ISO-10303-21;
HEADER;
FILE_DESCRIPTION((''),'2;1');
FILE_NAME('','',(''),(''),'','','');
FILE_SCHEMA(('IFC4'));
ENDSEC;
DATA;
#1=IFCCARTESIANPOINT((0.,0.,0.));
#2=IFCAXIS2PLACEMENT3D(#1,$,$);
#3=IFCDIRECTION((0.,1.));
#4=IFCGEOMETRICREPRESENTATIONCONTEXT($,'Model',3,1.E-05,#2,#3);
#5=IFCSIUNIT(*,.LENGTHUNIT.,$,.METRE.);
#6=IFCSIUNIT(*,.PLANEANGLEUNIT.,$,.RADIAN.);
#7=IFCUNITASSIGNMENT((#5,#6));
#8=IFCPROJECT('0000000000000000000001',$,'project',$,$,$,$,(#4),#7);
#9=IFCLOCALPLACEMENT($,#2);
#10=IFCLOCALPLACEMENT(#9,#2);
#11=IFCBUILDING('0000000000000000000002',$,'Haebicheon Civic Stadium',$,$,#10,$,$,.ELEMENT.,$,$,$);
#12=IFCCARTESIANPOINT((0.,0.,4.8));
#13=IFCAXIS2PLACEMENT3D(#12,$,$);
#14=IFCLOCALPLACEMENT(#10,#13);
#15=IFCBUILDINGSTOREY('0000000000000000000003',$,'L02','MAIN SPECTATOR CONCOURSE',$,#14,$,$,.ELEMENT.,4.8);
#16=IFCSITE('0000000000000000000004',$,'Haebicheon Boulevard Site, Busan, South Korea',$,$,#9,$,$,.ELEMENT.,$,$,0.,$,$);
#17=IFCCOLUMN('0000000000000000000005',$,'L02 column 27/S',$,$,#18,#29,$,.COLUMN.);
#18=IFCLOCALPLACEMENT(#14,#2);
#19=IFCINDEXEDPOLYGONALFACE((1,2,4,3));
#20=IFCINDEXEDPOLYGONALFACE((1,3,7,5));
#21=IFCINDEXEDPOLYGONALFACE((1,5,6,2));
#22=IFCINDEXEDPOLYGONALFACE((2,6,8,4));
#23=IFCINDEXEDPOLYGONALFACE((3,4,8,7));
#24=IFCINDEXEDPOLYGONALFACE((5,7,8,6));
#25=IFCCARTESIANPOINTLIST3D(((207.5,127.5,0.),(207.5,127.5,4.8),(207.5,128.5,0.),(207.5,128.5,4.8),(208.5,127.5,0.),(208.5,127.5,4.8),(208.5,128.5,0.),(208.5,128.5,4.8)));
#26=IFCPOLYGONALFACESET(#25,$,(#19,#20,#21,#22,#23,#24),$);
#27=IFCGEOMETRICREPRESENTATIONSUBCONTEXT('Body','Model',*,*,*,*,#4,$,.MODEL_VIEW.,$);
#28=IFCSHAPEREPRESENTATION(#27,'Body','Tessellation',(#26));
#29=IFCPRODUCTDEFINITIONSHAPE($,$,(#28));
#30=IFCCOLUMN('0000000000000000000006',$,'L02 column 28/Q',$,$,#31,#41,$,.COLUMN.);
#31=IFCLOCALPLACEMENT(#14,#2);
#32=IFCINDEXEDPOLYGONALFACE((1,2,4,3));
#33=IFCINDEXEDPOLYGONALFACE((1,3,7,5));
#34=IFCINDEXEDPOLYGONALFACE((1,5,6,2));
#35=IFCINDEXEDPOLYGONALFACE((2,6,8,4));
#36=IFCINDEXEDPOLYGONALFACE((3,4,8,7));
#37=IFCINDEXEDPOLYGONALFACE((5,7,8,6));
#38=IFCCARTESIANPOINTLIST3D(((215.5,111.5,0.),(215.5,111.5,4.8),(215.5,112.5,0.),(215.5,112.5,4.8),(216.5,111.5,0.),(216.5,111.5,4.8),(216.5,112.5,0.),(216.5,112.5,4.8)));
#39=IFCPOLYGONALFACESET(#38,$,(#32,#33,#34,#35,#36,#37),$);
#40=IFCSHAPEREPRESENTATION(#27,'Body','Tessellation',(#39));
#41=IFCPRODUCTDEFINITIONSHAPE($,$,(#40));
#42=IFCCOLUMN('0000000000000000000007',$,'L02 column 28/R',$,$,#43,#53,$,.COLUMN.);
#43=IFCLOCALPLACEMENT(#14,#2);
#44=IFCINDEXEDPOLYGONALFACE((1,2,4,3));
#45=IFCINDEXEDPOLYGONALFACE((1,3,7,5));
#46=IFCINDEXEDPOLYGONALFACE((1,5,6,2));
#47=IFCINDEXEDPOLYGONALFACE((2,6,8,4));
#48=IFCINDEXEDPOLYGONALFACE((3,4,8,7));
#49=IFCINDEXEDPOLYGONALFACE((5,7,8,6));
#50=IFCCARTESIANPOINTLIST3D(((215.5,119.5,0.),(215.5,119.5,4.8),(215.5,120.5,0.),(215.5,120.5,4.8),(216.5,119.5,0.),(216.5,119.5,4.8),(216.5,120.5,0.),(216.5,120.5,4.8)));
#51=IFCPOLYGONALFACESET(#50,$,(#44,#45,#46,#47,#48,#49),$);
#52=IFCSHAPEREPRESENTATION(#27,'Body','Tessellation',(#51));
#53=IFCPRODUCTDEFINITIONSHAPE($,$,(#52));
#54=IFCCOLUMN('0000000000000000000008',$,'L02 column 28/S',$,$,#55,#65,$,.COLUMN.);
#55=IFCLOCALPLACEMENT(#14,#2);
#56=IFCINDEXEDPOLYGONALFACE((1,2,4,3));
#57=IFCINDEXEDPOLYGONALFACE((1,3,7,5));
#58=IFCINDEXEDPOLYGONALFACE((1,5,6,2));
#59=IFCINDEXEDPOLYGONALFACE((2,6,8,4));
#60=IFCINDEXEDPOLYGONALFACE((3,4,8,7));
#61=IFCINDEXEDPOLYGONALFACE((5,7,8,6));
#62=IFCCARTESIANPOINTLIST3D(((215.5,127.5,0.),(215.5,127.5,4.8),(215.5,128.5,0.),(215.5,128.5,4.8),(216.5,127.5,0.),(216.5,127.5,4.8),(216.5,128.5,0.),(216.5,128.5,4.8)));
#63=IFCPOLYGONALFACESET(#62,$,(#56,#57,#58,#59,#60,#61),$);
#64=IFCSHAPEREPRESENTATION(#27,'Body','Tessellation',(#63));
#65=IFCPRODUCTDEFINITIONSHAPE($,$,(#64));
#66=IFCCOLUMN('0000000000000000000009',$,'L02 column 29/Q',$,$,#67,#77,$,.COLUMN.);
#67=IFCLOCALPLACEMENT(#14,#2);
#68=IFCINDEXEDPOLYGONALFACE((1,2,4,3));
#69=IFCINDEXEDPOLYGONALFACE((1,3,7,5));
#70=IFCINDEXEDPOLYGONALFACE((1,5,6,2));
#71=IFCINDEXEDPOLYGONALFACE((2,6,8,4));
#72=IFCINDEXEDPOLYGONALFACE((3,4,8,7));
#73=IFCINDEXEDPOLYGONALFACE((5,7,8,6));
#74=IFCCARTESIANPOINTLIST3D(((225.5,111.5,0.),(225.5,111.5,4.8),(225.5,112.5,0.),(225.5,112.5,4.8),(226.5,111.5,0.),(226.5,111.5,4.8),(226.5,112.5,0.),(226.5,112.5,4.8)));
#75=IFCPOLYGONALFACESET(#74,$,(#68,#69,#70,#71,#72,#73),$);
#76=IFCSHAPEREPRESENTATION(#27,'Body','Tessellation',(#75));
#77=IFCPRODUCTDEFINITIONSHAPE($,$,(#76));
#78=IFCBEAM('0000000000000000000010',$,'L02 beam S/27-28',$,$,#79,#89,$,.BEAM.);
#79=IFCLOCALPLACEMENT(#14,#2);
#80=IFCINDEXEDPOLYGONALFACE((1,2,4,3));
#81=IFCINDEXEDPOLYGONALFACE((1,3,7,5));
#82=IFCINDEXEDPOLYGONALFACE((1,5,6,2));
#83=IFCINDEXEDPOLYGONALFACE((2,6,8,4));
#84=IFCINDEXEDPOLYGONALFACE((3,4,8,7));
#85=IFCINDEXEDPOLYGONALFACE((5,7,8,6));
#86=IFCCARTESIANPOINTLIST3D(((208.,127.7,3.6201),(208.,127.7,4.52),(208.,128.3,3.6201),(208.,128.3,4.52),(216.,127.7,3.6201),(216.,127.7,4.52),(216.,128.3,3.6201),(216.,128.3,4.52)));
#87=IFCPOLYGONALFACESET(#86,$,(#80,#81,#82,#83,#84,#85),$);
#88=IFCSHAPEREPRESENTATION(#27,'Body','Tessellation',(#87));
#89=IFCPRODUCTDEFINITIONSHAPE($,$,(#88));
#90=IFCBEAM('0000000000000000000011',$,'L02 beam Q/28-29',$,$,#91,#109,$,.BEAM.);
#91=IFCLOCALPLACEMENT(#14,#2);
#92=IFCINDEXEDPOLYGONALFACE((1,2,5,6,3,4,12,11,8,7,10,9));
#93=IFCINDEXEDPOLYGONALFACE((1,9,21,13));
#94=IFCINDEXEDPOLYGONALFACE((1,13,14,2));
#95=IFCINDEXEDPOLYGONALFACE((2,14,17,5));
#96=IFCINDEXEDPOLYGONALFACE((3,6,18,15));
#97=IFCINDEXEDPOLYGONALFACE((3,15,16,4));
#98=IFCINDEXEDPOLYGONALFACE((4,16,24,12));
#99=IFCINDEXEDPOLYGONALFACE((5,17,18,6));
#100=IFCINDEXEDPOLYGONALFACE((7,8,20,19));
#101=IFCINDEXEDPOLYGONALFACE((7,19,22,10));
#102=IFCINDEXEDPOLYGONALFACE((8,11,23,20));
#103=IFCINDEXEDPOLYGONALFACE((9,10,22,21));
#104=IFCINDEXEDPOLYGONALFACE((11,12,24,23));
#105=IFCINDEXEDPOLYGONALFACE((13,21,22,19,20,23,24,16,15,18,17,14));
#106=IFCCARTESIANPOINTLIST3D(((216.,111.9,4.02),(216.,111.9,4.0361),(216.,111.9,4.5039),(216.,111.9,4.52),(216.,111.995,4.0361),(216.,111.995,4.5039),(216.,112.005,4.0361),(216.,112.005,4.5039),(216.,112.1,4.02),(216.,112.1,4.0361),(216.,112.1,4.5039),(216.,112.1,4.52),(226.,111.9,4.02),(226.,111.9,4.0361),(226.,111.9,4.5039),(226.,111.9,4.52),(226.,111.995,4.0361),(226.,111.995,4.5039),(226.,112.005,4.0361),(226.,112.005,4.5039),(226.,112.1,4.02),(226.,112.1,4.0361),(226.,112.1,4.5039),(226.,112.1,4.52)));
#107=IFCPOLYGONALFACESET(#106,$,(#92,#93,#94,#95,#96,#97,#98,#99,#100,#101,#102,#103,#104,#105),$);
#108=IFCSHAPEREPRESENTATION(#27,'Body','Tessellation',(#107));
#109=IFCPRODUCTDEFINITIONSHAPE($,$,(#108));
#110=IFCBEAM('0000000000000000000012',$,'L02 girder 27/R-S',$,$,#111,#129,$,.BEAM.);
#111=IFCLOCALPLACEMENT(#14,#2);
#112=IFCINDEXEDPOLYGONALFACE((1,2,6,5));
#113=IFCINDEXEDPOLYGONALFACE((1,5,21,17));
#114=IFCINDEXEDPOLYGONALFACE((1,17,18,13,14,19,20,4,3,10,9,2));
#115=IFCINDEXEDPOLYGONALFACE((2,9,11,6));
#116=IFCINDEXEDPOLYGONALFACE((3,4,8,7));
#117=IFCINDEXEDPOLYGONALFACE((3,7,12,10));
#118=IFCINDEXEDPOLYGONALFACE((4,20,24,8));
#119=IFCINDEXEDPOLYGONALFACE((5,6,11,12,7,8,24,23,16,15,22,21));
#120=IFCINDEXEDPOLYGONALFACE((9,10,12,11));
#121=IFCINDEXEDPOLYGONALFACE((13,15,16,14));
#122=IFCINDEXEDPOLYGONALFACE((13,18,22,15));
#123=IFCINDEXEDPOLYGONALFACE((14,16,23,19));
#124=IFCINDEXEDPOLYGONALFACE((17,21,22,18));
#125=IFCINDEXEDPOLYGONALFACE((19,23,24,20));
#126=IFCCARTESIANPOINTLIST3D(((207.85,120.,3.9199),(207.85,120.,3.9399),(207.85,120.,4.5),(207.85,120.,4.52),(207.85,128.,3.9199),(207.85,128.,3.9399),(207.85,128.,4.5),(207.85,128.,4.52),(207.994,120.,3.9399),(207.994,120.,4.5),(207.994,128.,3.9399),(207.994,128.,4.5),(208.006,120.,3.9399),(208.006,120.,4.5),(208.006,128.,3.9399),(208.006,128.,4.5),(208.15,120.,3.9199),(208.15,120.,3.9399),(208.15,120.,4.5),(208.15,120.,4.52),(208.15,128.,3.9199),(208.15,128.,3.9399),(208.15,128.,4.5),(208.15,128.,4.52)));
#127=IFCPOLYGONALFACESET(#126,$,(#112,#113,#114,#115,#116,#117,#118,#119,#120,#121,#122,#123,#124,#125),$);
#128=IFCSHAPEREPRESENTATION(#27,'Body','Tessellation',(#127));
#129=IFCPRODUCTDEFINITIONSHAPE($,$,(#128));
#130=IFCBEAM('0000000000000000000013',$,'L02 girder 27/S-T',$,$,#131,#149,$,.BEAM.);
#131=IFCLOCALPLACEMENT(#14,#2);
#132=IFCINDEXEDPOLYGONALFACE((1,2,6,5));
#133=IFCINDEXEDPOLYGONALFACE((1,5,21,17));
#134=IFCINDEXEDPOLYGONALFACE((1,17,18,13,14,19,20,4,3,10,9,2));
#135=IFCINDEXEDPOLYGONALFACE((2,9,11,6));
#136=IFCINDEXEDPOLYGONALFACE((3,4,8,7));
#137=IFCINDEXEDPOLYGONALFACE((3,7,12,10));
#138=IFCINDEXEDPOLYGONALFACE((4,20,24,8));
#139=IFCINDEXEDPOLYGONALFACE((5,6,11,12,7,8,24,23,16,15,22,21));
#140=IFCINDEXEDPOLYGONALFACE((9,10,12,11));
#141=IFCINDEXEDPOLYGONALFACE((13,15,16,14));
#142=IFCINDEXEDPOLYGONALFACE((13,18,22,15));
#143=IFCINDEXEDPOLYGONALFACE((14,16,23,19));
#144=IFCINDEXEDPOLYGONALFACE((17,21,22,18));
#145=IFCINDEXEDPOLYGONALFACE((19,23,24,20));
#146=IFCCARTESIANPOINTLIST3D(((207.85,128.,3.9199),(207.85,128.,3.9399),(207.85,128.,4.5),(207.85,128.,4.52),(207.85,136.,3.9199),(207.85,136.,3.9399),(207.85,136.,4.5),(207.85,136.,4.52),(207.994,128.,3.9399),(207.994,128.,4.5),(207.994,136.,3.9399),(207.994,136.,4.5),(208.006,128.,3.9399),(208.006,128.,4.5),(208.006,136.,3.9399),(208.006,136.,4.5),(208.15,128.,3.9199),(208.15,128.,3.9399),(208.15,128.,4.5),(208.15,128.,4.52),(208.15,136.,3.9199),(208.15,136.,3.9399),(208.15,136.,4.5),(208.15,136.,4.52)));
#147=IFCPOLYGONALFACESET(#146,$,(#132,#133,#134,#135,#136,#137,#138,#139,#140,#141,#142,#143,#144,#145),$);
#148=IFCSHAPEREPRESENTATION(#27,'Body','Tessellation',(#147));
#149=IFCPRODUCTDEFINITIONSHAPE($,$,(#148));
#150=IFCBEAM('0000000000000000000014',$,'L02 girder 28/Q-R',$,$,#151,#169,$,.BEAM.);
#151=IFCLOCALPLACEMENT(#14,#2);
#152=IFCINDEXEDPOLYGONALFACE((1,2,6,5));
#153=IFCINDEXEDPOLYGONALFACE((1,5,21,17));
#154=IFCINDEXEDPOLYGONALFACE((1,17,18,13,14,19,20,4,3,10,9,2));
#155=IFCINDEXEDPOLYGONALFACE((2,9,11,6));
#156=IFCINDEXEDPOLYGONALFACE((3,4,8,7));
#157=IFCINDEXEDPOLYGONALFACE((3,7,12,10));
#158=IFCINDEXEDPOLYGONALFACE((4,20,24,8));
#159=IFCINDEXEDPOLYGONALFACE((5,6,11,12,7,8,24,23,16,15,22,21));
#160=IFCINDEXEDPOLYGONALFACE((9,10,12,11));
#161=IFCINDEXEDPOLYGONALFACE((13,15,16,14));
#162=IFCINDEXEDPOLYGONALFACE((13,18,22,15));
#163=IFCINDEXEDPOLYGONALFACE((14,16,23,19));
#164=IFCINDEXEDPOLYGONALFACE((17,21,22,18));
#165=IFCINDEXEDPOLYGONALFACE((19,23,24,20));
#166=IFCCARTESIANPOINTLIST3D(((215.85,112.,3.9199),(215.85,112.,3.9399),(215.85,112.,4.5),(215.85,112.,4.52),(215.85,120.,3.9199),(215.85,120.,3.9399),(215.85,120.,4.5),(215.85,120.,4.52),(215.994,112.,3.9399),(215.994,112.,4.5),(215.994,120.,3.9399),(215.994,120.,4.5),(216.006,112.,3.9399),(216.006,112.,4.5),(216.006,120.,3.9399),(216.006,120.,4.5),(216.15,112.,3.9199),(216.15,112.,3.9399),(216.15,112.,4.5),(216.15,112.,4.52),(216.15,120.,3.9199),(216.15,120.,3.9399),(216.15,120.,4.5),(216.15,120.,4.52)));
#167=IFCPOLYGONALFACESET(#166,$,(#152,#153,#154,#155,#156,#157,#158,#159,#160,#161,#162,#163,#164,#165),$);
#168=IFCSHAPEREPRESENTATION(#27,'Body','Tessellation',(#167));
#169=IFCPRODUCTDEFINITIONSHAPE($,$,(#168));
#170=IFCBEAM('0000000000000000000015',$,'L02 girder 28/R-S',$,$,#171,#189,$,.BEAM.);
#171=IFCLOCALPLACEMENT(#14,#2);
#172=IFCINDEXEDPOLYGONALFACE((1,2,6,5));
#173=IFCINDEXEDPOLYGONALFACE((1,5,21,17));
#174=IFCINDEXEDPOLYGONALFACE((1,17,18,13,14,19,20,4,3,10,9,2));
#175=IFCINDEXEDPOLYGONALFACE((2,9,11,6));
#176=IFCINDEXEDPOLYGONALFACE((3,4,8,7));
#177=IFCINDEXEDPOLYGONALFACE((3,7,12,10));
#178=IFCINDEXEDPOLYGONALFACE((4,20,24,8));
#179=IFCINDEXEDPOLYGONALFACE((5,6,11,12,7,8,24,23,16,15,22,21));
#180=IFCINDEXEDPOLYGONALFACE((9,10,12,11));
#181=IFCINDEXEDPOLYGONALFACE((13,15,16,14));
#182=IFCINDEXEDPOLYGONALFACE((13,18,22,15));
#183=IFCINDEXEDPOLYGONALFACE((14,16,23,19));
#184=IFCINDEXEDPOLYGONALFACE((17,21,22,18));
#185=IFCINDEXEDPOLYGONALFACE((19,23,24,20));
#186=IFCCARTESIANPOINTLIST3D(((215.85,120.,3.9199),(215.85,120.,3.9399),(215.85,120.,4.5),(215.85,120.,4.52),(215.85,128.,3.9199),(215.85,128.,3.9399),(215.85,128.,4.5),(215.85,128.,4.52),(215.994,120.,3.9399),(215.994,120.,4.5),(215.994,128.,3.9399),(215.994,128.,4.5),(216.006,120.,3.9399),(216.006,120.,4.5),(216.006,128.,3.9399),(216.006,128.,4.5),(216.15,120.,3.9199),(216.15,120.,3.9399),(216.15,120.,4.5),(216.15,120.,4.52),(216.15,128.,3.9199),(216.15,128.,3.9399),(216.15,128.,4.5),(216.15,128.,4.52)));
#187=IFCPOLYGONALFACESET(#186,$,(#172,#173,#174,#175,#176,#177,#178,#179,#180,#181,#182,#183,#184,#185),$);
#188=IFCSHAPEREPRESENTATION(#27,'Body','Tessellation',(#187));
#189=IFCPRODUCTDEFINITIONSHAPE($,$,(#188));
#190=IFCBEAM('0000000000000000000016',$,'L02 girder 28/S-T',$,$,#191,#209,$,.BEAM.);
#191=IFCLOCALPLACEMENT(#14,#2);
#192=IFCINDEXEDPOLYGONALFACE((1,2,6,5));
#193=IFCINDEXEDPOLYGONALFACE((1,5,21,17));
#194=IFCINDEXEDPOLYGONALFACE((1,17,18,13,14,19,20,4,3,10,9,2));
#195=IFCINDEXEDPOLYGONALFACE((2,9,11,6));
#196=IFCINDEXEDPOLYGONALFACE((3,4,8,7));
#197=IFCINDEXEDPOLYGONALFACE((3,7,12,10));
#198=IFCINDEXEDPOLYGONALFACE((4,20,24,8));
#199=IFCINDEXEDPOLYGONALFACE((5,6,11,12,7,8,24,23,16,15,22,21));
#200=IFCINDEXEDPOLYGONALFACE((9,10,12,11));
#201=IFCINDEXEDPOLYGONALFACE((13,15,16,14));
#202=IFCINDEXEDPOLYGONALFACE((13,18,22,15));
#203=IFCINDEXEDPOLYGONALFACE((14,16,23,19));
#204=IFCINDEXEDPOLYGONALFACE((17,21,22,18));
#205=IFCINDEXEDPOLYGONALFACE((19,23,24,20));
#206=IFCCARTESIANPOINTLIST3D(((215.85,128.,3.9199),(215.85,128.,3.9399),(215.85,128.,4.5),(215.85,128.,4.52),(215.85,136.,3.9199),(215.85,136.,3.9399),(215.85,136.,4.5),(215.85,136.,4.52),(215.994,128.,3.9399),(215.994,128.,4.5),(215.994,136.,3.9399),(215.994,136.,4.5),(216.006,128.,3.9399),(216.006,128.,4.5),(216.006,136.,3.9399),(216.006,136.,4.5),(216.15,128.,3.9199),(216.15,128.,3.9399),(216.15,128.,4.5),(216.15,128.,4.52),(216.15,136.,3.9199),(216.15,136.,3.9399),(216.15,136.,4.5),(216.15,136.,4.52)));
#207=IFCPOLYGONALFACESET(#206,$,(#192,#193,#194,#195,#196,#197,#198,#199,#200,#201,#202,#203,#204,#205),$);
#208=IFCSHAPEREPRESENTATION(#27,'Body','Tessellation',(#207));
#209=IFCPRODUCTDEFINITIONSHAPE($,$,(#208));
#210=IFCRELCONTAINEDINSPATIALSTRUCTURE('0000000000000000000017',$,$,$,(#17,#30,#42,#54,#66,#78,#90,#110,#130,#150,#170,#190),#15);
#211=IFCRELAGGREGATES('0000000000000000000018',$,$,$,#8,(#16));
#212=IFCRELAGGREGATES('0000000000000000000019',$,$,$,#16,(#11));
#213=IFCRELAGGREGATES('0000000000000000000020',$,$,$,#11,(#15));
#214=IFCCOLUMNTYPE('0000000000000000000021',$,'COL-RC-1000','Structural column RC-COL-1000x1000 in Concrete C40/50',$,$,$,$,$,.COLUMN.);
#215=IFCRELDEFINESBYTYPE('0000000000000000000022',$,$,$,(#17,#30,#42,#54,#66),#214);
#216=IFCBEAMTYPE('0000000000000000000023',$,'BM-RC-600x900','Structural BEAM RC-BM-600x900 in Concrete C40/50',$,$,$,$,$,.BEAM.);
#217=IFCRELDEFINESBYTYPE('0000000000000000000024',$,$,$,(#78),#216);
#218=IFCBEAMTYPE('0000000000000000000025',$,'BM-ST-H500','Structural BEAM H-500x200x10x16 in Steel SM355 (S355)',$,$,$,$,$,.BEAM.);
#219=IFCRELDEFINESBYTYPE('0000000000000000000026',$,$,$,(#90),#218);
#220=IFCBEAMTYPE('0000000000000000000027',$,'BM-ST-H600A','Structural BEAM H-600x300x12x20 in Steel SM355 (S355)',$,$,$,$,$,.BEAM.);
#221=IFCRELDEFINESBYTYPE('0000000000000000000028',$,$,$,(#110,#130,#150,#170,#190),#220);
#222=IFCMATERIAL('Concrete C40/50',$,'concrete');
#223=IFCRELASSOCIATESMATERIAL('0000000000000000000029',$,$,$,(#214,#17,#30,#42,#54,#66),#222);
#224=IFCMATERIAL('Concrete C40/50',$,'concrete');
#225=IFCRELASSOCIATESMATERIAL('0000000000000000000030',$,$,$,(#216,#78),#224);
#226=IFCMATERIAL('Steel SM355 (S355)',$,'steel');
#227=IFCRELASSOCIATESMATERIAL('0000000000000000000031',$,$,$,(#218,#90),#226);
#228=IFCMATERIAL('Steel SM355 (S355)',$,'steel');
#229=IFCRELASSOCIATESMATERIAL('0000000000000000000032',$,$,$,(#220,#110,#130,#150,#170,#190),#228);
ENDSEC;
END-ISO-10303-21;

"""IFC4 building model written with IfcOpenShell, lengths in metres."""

from ifc_helpers import new_model, si_unit, direction, frame, origin, origin_2d, place, context, subcontext, project, spatial, rectangle, i_section, extrude, material, material_profile, profile_set, type_object, element, save


model = new_model("IFC4")

# Units and contexts
model_context = context("Model", 3, precision=1e-05, world=origin(), true_north=direction((0.0, 1.0)))
body_context = subcontext(model_context, "Body", "Model", "MODEL_VIEW")
ifc_project = project(units=[si_unit("LENGTHUNIT", "METRE"), si_unit("PLANEANGLEUNIT", "RADIAN")], contexts=[model_context])

# Site, building, storey
site_placement = place(None, origin())
site = spatial("IfcSite", under=ifc_project, at=site_placement, Name="Haebicheon Boulevard Site, Busan, South Korea", CompositionType="ELEMENT", RefElevation=0.0)
building_placement = place(site_placement, origin())
building = spatial("IfcBuilding", under=site, at=building_placement, Name="Haebicheon Civic Stadium", CompositionType="ELEMENT")
storey_placement = place(building_placement, frame((0.0, 0.0, 4.8)))
storey = spatial("IfcBuildingStorey", under=building, at=storey_placement, Name="L02", Description="MAIN SPECTATOR CONCOURSE", CompositionType="ELEMENT", Elevation=4.8)

# Columns
ifc_material_1 = material(Name="Concrete C40/50", Category="concrete")
ifc_material_profile_1 = material_profile(ifc_material_1, rectangle(XDim=1.0, YDim=1.0, at=origin_2d()), Name="RC-COL-1000x1000")
ifc_profile_set_1 = profile_set([ifc_material_profile_1], Name="Concrete C40/50")
column_type = type_object("IfcColumnType", Name="COL-RC-1000", Description="Structural column RC-COL-1000x1000 in Concrete C40/50", PredefinedType="COLUMN", material=ifc_profile_set_1)
for number, where, z_axis, x_axis, name in (
    (1, (208.0, 128.0, 0.0), (0.0, 0.0, 1.0), (1.0, 0.0, 0.0), "L02 column 27/S"),
    (2, (216.0, 112.0, 0.0), (0.0, 0.0, 1.0), (1.0, 0.0, 0.0), "L02 column 28/Q"),
    (3, (216.0, 120.0, 0.0), (0.0, 0.0, 1.0), (1.0, 0.0, 0.0), "L02 column 28/R"),
    (4, (216.0, 128.0, 0.0), (0.0, 0.0, 1.0), (1.0, 0.0, 0.0), "L02 column 28/S"),
    (5, (226.0, 112.0, 0.0), (0.0, 0.0, 1.0), (1.0, 0.0, 0.0), "L02 column 29/Q"),
):
    element("IfcColumn", number, at=place(storey_placement, frame(where, z_axis=z_axis, x_axis=x_axis)), inside=storey, type_object=column_type, material=ifc_profile_set_1, Name=name, PredefinedType="COLUMN", context=body_context, shape_type="SweptSolid", body=[
        extrude(rectangle(XDim=1.0, YDim=1.0, at=origin_2d()), origin(), (0.0, 0.0, 1.0), 4.8),
    ])

# Beams
ifc_material_2 = material(Name="Concrete C40/50", Category="concrete")
ifc_material_profile_2 = material_profile(ifc_material_2, rectangle(XDim=0.6001, YDim=0.8999, at=origin_2d()), Name="RC-BM-600x900")
ifc_profile_set_2 = profile_set([ifc_material_profile_2], Name="Concrete C40/50")
beam_type_1 = type_object("IfcBeamType", Name="BM-RC-600x900", Description="Structural BEAM RC-BM-600x900 in Concrete C40/50", PredefinedType="BEAM", material=ifc_profile_set_2)
beam_1_placement = place(storey_placement, frame((208.0, 128.0, 4.0701), z_axis=(1.0, 0.0, 0.0), x_axis=(0.0, 1.0, 0.0)))
element("IfcBeam", 6, at=beam_1_placement, inside=storey, type_object=beam_type_1, material=ifc_profile_set_2, Name="L02 beam S/27-28", PredefinedType="BEAM", context=body_context, shape_type="SweptSolid", body=[
    extrude(rectangle(XDim=0.6001, YDim=0.8999, at=origin_2d()), origin(), (0.0, 0.0, 1.0), 8.0),
])
ifc_material_3 = material(Name="Steel SM355 (S355)", Category="steel")
ifc_material_profile_3 = material_profile(ifc_material_3, i_section(OverallWidth=0.2, OverallDepth=0.5, WebThickness=0.01, FlangeThickness=0.0161, at=origin_2d()), Name="H-500x200x10x16")
ifc_profile_set_3 = profile_set([ifc_material_profile_3], Name="Steel SM355 (S355)")
beam_type_2 = type_object("IfcBeamType", Name="BM-ST-H500", Description="Structural BEAM H-500x200x10x16 in Steel SM355 (S355)", PredefinedType="BEAM", material=ifc_profile_set_3)
beam_2_placement = place(storey_placement, frame((216.0, 112.0, 4.27), z_axis=(1.0, 0.0, 0.0), x_axis=(0.0, 1.0, 0.0)))
element("IfcBeam", 7, at=beam_2_placement, inside=storey, type_object=beam_type_2, material=ifc_profile_set_3, Name="L02 beam Q/28-29", PredefinedType="BEAM", context=body_context, shape_type="SweptSolid", body=[
    extrude(i_section(OverallWidth=0.2, OverallDepth=0.5, WebThickness=0.01, FlangeThickness=0.0161, at=origin_2d()), origin(), (0.0, 0.0, 1.0), 10.0),
])
ifc_material_4 = material(Name="Steel SM355 (S355)", Category="steel")
ifc_material_profile_4 = material_profile(ifc_material_4, i_section(OverallWidth=0.3, OverallDepth=0.6001, WebThickness=0.012, FlangeThickness=0.02, at=origin_2d()), Name="H-600x300x12x20")
ifc_profile_set_4 = profile_set([ifc_material_profile_4], Name="Steel SM355 (S355)")
beam_type_3 = type_object("IfcBeamType", Name="BM-ST-H600A", Description="Structural BEAM H-600x300x12x20 in Steel SM355 (S355)", PredefinedType="BEAM", material=ifc_profile_set_4)
for number, where, z_axis, x_axis, name in (
    (8, (208.0, 120.0, 4.22), (0.0, 1.0, 0.0), (-1.0, 0.0, 0.0), "L02 girder 27/R-S"),
    (9, (208.0, 128.0, 4.22), (0.0, 1.0, 0.0), (-1.0, 0.0, 0.0), "L02 girder 27/S-T"),
    (10, (216.0, 112.0, 4.22), (0.0, 1.0, 0.0), (-1.0, 0.0, 0.0), "L02 girder 28/Q-R"),
    (11, (216.0, 120.0, 4.22), (0.0, 1.0, 0.0), (-1.0, 0.0, 0.0), "L02 girder 28/R-S"),
    (12, (216.0, 128.0, 4.22), (0.0, 1.0, 0.0), (-1.0, 0.0, 0.0), "L02 girder 28/S-T"),
):
    element("IfcBeam", number, at=place(storey_placement, frame(where, z_axis=z_axis, x_axis=x_axis)), inside=storey, type_object=beam_type_3, material=ifc_profile_set_4, Name=name, PredefinedType="BEAM", context=body_context, shape_type="SweptSolid", body=[
        extrude(i_section(OverallWidth=0.3, OverallDepth=0.6001, WebThickness=0.012, FlangeThickness=0.02, at=origin_2d()), origin(), (0.0, 0.0, 1.0), 8.0),
    ])

save(model, "model.ifc")
